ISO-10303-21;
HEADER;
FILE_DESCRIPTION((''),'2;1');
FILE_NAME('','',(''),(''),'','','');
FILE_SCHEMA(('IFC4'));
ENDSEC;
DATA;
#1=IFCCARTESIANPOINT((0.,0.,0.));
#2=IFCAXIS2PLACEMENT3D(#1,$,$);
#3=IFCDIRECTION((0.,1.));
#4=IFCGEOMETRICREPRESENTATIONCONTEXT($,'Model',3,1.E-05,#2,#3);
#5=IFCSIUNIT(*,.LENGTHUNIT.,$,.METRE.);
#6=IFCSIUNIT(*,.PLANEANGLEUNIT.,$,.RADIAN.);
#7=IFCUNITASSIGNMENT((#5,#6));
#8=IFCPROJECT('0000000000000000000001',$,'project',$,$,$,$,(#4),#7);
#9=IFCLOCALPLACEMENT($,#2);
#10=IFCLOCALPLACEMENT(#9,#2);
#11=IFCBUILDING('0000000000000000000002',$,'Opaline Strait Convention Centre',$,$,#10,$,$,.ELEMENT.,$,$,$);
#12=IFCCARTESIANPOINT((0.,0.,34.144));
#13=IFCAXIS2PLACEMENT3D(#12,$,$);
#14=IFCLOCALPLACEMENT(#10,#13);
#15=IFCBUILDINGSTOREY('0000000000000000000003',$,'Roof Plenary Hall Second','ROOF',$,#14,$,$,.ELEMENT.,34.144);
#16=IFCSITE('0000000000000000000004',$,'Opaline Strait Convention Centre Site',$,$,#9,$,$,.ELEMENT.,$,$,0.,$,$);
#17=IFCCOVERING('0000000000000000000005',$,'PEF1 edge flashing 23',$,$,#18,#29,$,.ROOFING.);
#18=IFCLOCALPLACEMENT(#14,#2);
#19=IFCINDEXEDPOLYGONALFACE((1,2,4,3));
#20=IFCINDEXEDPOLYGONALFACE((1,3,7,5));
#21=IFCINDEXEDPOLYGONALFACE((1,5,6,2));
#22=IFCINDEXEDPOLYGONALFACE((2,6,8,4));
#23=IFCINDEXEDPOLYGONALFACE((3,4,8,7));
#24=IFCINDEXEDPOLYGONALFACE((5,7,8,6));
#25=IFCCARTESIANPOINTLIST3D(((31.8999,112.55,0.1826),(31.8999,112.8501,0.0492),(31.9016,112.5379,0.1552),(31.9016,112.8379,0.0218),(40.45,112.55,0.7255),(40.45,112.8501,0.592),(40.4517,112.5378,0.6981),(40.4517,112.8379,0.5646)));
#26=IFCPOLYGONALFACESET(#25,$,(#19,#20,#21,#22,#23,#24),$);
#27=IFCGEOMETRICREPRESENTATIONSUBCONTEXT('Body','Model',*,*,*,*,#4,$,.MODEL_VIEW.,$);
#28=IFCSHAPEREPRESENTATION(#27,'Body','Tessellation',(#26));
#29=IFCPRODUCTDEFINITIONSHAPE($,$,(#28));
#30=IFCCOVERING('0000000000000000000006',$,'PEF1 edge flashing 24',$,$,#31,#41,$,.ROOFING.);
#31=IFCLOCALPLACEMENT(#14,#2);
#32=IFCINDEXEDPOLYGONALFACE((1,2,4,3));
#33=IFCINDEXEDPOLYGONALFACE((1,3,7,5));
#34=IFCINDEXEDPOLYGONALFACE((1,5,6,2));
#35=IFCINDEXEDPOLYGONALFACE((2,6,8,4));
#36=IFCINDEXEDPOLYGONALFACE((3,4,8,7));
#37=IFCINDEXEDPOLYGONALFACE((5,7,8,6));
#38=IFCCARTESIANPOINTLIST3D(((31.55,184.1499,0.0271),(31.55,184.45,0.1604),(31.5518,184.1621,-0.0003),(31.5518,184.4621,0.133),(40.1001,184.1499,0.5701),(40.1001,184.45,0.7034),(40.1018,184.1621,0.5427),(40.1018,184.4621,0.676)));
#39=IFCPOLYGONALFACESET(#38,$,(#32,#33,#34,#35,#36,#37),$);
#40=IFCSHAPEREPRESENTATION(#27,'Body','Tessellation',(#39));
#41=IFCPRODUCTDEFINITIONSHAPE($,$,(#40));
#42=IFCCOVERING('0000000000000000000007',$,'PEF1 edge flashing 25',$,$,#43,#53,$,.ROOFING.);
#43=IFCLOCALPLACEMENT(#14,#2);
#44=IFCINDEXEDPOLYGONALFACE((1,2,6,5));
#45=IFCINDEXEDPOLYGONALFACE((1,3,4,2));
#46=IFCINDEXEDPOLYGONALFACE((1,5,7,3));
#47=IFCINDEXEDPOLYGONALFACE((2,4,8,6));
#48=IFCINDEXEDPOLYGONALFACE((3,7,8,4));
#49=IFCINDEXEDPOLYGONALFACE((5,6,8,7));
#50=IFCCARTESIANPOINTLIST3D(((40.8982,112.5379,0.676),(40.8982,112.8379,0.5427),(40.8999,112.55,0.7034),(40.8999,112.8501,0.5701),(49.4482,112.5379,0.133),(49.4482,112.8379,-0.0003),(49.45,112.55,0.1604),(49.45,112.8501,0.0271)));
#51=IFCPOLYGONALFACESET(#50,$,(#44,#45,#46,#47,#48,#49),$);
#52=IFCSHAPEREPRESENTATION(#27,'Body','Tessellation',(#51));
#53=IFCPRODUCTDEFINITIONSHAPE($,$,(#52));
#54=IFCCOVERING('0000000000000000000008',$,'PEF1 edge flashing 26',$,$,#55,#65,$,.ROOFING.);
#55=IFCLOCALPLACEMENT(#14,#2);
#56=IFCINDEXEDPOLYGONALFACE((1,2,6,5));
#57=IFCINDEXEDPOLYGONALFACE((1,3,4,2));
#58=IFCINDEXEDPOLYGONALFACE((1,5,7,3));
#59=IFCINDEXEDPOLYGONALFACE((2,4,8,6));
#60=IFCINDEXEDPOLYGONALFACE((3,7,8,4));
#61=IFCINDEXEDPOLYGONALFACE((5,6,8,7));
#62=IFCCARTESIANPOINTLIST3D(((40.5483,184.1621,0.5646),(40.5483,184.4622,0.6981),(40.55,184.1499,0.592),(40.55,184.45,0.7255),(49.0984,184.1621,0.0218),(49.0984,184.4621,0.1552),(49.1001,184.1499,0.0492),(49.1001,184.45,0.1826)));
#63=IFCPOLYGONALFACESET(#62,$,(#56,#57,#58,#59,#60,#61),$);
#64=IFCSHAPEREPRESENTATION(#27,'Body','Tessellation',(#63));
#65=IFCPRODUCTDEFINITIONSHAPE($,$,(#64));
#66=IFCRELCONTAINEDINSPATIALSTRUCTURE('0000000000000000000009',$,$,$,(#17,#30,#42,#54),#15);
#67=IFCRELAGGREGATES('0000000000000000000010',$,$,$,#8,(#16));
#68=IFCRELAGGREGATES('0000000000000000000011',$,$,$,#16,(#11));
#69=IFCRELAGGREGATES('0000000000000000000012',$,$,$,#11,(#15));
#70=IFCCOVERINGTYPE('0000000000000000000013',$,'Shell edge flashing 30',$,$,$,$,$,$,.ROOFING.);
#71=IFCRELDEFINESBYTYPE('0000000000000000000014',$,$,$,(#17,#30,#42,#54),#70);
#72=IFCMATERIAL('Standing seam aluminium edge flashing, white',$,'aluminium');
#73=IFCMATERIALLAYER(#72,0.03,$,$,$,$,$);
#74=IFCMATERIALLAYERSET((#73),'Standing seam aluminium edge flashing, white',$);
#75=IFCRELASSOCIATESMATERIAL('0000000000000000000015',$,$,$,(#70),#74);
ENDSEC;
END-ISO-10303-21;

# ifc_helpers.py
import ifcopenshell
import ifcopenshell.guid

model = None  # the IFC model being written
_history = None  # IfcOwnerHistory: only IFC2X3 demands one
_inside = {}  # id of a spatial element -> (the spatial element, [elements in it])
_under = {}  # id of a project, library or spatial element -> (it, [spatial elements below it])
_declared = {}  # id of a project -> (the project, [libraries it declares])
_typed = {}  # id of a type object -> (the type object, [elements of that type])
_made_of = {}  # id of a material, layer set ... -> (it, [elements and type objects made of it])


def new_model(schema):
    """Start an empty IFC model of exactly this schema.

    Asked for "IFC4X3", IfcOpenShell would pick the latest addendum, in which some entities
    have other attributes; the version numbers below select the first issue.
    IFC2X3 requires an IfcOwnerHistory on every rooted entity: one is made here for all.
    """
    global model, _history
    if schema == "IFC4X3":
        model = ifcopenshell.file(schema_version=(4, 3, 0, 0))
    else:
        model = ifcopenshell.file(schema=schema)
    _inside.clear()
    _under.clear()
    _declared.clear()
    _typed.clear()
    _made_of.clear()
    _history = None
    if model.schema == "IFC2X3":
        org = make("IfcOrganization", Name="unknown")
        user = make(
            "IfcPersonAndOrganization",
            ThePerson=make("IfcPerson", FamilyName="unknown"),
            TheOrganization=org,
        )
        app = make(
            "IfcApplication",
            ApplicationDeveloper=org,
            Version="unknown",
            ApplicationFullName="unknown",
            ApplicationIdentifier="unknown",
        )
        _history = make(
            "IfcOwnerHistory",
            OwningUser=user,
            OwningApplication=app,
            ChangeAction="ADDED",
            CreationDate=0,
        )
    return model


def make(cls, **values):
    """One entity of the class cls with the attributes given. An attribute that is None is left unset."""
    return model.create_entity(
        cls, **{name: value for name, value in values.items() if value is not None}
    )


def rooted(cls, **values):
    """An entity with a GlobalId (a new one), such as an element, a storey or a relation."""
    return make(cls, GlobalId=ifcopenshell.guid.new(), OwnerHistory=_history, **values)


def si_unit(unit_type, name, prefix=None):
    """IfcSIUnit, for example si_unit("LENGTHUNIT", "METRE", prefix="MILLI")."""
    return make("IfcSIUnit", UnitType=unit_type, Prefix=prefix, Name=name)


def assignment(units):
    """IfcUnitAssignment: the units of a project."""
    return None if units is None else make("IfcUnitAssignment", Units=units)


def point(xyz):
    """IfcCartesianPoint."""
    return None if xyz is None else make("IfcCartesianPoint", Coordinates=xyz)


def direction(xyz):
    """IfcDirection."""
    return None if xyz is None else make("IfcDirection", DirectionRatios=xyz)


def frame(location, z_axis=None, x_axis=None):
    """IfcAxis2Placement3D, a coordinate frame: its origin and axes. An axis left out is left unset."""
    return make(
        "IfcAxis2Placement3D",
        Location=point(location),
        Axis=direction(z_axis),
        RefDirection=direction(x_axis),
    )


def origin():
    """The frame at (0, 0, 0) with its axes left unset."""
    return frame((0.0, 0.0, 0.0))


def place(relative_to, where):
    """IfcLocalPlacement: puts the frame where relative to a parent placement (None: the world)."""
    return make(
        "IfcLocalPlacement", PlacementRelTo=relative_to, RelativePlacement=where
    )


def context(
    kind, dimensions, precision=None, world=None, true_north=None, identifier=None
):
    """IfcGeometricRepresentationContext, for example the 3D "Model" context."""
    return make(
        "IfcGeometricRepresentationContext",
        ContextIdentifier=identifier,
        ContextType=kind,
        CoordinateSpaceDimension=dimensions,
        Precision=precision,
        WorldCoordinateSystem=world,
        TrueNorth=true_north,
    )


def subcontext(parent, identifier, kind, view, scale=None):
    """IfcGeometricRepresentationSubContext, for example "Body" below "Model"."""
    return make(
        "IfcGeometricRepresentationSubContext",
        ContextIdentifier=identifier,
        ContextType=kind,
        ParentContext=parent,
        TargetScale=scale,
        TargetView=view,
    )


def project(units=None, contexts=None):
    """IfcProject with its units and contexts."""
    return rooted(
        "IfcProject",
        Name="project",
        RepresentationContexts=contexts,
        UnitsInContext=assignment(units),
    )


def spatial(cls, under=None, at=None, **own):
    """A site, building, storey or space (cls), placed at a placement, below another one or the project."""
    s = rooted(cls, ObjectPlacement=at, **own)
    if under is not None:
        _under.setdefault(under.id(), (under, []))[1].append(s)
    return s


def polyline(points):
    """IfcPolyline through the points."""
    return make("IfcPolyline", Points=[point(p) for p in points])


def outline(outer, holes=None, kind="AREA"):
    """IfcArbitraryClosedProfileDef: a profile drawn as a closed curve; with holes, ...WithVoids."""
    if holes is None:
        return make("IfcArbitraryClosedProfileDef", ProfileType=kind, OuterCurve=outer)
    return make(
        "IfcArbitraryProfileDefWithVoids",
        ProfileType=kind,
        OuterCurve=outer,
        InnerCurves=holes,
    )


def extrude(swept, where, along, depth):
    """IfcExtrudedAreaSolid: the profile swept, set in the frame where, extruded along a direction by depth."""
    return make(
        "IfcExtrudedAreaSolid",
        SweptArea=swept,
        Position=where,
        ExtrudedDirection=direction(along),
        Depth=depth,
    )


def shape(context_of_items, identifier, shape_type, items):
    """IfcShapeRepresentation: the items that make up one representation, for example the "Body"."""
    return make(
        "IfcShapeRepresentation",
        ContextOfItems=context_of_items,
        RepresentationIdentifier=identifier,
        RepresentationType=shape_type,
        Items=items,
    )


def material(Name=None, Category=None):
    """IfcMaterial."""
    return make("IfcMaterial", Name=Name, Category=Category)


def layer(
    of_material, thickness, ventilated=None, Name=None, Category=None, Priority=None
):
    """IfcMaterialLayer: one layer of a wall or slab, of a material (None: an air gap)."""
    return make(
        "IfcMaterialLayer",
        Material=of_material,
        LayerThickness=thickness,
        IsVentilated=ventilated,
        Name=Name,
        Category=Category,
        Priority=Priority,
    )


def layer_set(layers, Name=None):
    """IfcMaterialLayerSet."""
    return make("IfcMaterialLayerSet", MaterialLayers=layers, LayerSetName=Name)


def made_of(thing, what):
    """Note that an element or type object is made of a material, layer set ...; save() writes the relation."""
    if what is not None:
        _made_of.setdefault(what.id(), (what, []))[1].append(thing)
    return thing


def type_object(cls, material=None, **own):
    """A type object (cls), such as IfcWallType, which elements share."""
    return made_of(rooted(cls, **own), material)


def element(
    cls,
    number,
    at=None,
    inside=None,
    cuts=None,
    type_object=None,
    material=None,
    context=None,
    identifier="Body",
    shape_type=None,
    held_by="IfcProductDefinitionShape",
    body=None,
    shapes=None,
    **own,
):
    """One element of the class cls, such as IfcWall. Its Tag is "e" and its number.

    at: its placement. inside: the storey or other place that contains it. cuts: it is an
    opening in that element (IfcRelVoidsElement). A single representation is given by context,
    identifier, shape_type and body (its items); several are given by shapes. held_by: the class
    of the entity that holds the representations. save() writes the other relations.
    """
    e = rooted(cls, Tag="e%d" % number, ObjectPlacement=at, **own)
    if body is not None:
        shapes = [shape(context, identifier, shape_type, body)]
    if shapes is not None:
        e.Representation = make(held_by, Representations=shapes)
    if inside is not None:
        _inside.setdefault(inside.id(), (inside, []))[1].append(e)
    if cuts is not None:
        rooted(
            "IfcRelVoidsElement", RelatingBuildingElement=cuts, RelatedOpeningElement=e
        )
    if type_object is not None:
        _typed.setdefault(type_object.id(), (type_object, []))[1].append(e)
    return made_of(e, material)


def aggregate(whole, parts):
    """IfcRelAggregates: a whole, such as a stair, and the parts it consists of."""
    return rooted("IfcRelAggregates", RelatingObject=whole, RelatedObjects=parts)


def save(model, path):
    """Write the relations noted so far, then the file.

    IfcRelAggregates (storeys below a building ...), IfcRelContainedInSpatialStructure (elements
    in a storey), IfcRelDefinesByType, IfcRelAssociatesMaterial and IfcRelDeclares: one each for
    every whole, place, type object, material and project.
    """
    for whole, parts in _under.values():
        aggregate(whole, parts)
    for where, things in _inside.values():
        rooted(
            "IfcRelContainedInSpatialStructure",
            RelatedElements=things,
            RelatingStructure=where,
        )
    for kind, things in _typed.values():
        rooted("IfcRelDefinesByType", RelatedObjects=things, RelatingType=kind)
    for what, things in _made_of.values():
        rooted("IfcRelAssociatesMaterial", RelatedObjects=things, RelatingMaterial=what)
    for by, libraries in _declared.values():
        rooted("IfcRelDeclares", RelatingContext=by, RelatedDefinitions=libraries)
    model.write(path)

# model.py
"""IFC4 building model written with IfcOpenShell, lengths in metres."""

from ifc_helpers import new_model, si_unit, direction, frame, origin, place, context, subcontext, project, spatial, polyline, outline, extrude, material, layer, layer_set, type_object, element, save


model = new_model("IFC4")

# Units and contexts
model_context = context("Model", 3, precision=1e-05, world=origin(), true_north=direction((0.0, 1.0)))
body_context = subcontext(model_context, "Body", "Model", "MODEL_VIEW")
ifc_project = project(units=[si_unit("LENGTHUNIT", "METRE"), si_unit("PLANEANGLEUNIT", "RADIAN")], contexts=[model_context])

# Site, building, storey
site_placement = place(None, origin())
site = spatial("IfcSite", under=ifc_project, at=site_placement, Name="Opaline Strait Convention Centre Site", CompositionType="ELEMENT", RefElevation=0.0)
building_placement = place(site_placement, origin())
building = spatial("IfcBuilding", under=site, at=building_placement, Name="Opaline Strait Convention Centre", CompositionType="ELEMENT")
storey_placement = place(building_placement, frame((0.0, 0.0, 34.144)))
storey = spatial("IfcBuildingStorey", under=building, at=storey_placement, Name="Roof Plenary Hall Second", Description="ROOF", CompositionType="ELEMENT", Elevation=34.144)

# Coverings
ifc_material = material(Name="Standing seam aluminium edge flashing, white", Category="aluminium")
ifc_layer = layer(ifc_material, 0.03)
ifc_layer_set = layer_set([ifc_layer], Name="Standing seam aluminium edge flashing, white")
covering_type = type_object("IfcCoveringType", Name="Shell edge flashing 30", PredefinedType="ROOFING", material=ifc_layer_set)
covering_1_placement = place(storey_placement, frame((31.8999, 112.55, 0.1826), z_axis=(-0.057916, 0.405629, 0.912201), x_axis=(0.99799, -0.000005, 0.063365)))
element("IfcCovering", 1, at=covering_1_placement, inside=storey, type_object=covering_type, Name="PEF1 edge flashing 23", PredefinedType="ROOFING", context=body_context, shape_type="SweptSolid", body=[
    extrude(outline(polyline([(0.0, 0.0), (8.5673, 0.0), (8.5588, 0.3283), (-0.0084, 0.3282), (0.0, 0.0)])), origin(), (0.0, 0.0, -1.0), 0.03),
])
for number, where, z_axis, x_axis, name in (
    (2, (31.55, 184.1499, 0.0271), (-0.057938, -0.405318, 0.912338), (0.99799, 0.0, 0.063377), "PEF1 edge flashing 24"),
    (3, (40.8999, 112.55, 0.7034), (0.057938, 0.405318, 0.912338), (0.99799, 0.0, -0.063377), "PEF1 edge flashing 25"),
):
    element("IfcCovering", number, at=place(storey_placement, frame(where, z_axis=z_axis, x_axis=x_axis)), inside=storey, type_object=covering_type, Name=name, PredefinedType="ROOFING", context=body_context, shape_type="SweptSolid", body=[
        extrude(outline(polyline([(0.0, 0.0), (8.5673, 0.0), (8.5757, 0.3282), (0.0084, 0.3282), (0.0, 0.0)])), origin(), (0.0, 0.0, -1.0), 0.03),
    ])
covering_2_placement = place(storey_placement, frame((40.55, 184.1499, 0.592), z_axis=(0.057916, -0.405629, 0.912201), x_axis=(0.997991, 0.000005, -0.063361)))
element("IfcCovering", 4, at=covering_2_placement, inside=storey, type_object=covering_type, Name="PEF1 edge flashing 26", PredefinedType="ROOFING", context=body_context, shape_type="SweptSolid", body=[
    extrude(outline(polyline([(0.0, 0.0), (8.5673, 0.0), (8.5588, 0.3282), (-0.0085, 0.3283), (0.0, 0.0)])), origin(), (0.0, 0.0, -1.0), 0.03),
])

save(model, "model.ifc")
